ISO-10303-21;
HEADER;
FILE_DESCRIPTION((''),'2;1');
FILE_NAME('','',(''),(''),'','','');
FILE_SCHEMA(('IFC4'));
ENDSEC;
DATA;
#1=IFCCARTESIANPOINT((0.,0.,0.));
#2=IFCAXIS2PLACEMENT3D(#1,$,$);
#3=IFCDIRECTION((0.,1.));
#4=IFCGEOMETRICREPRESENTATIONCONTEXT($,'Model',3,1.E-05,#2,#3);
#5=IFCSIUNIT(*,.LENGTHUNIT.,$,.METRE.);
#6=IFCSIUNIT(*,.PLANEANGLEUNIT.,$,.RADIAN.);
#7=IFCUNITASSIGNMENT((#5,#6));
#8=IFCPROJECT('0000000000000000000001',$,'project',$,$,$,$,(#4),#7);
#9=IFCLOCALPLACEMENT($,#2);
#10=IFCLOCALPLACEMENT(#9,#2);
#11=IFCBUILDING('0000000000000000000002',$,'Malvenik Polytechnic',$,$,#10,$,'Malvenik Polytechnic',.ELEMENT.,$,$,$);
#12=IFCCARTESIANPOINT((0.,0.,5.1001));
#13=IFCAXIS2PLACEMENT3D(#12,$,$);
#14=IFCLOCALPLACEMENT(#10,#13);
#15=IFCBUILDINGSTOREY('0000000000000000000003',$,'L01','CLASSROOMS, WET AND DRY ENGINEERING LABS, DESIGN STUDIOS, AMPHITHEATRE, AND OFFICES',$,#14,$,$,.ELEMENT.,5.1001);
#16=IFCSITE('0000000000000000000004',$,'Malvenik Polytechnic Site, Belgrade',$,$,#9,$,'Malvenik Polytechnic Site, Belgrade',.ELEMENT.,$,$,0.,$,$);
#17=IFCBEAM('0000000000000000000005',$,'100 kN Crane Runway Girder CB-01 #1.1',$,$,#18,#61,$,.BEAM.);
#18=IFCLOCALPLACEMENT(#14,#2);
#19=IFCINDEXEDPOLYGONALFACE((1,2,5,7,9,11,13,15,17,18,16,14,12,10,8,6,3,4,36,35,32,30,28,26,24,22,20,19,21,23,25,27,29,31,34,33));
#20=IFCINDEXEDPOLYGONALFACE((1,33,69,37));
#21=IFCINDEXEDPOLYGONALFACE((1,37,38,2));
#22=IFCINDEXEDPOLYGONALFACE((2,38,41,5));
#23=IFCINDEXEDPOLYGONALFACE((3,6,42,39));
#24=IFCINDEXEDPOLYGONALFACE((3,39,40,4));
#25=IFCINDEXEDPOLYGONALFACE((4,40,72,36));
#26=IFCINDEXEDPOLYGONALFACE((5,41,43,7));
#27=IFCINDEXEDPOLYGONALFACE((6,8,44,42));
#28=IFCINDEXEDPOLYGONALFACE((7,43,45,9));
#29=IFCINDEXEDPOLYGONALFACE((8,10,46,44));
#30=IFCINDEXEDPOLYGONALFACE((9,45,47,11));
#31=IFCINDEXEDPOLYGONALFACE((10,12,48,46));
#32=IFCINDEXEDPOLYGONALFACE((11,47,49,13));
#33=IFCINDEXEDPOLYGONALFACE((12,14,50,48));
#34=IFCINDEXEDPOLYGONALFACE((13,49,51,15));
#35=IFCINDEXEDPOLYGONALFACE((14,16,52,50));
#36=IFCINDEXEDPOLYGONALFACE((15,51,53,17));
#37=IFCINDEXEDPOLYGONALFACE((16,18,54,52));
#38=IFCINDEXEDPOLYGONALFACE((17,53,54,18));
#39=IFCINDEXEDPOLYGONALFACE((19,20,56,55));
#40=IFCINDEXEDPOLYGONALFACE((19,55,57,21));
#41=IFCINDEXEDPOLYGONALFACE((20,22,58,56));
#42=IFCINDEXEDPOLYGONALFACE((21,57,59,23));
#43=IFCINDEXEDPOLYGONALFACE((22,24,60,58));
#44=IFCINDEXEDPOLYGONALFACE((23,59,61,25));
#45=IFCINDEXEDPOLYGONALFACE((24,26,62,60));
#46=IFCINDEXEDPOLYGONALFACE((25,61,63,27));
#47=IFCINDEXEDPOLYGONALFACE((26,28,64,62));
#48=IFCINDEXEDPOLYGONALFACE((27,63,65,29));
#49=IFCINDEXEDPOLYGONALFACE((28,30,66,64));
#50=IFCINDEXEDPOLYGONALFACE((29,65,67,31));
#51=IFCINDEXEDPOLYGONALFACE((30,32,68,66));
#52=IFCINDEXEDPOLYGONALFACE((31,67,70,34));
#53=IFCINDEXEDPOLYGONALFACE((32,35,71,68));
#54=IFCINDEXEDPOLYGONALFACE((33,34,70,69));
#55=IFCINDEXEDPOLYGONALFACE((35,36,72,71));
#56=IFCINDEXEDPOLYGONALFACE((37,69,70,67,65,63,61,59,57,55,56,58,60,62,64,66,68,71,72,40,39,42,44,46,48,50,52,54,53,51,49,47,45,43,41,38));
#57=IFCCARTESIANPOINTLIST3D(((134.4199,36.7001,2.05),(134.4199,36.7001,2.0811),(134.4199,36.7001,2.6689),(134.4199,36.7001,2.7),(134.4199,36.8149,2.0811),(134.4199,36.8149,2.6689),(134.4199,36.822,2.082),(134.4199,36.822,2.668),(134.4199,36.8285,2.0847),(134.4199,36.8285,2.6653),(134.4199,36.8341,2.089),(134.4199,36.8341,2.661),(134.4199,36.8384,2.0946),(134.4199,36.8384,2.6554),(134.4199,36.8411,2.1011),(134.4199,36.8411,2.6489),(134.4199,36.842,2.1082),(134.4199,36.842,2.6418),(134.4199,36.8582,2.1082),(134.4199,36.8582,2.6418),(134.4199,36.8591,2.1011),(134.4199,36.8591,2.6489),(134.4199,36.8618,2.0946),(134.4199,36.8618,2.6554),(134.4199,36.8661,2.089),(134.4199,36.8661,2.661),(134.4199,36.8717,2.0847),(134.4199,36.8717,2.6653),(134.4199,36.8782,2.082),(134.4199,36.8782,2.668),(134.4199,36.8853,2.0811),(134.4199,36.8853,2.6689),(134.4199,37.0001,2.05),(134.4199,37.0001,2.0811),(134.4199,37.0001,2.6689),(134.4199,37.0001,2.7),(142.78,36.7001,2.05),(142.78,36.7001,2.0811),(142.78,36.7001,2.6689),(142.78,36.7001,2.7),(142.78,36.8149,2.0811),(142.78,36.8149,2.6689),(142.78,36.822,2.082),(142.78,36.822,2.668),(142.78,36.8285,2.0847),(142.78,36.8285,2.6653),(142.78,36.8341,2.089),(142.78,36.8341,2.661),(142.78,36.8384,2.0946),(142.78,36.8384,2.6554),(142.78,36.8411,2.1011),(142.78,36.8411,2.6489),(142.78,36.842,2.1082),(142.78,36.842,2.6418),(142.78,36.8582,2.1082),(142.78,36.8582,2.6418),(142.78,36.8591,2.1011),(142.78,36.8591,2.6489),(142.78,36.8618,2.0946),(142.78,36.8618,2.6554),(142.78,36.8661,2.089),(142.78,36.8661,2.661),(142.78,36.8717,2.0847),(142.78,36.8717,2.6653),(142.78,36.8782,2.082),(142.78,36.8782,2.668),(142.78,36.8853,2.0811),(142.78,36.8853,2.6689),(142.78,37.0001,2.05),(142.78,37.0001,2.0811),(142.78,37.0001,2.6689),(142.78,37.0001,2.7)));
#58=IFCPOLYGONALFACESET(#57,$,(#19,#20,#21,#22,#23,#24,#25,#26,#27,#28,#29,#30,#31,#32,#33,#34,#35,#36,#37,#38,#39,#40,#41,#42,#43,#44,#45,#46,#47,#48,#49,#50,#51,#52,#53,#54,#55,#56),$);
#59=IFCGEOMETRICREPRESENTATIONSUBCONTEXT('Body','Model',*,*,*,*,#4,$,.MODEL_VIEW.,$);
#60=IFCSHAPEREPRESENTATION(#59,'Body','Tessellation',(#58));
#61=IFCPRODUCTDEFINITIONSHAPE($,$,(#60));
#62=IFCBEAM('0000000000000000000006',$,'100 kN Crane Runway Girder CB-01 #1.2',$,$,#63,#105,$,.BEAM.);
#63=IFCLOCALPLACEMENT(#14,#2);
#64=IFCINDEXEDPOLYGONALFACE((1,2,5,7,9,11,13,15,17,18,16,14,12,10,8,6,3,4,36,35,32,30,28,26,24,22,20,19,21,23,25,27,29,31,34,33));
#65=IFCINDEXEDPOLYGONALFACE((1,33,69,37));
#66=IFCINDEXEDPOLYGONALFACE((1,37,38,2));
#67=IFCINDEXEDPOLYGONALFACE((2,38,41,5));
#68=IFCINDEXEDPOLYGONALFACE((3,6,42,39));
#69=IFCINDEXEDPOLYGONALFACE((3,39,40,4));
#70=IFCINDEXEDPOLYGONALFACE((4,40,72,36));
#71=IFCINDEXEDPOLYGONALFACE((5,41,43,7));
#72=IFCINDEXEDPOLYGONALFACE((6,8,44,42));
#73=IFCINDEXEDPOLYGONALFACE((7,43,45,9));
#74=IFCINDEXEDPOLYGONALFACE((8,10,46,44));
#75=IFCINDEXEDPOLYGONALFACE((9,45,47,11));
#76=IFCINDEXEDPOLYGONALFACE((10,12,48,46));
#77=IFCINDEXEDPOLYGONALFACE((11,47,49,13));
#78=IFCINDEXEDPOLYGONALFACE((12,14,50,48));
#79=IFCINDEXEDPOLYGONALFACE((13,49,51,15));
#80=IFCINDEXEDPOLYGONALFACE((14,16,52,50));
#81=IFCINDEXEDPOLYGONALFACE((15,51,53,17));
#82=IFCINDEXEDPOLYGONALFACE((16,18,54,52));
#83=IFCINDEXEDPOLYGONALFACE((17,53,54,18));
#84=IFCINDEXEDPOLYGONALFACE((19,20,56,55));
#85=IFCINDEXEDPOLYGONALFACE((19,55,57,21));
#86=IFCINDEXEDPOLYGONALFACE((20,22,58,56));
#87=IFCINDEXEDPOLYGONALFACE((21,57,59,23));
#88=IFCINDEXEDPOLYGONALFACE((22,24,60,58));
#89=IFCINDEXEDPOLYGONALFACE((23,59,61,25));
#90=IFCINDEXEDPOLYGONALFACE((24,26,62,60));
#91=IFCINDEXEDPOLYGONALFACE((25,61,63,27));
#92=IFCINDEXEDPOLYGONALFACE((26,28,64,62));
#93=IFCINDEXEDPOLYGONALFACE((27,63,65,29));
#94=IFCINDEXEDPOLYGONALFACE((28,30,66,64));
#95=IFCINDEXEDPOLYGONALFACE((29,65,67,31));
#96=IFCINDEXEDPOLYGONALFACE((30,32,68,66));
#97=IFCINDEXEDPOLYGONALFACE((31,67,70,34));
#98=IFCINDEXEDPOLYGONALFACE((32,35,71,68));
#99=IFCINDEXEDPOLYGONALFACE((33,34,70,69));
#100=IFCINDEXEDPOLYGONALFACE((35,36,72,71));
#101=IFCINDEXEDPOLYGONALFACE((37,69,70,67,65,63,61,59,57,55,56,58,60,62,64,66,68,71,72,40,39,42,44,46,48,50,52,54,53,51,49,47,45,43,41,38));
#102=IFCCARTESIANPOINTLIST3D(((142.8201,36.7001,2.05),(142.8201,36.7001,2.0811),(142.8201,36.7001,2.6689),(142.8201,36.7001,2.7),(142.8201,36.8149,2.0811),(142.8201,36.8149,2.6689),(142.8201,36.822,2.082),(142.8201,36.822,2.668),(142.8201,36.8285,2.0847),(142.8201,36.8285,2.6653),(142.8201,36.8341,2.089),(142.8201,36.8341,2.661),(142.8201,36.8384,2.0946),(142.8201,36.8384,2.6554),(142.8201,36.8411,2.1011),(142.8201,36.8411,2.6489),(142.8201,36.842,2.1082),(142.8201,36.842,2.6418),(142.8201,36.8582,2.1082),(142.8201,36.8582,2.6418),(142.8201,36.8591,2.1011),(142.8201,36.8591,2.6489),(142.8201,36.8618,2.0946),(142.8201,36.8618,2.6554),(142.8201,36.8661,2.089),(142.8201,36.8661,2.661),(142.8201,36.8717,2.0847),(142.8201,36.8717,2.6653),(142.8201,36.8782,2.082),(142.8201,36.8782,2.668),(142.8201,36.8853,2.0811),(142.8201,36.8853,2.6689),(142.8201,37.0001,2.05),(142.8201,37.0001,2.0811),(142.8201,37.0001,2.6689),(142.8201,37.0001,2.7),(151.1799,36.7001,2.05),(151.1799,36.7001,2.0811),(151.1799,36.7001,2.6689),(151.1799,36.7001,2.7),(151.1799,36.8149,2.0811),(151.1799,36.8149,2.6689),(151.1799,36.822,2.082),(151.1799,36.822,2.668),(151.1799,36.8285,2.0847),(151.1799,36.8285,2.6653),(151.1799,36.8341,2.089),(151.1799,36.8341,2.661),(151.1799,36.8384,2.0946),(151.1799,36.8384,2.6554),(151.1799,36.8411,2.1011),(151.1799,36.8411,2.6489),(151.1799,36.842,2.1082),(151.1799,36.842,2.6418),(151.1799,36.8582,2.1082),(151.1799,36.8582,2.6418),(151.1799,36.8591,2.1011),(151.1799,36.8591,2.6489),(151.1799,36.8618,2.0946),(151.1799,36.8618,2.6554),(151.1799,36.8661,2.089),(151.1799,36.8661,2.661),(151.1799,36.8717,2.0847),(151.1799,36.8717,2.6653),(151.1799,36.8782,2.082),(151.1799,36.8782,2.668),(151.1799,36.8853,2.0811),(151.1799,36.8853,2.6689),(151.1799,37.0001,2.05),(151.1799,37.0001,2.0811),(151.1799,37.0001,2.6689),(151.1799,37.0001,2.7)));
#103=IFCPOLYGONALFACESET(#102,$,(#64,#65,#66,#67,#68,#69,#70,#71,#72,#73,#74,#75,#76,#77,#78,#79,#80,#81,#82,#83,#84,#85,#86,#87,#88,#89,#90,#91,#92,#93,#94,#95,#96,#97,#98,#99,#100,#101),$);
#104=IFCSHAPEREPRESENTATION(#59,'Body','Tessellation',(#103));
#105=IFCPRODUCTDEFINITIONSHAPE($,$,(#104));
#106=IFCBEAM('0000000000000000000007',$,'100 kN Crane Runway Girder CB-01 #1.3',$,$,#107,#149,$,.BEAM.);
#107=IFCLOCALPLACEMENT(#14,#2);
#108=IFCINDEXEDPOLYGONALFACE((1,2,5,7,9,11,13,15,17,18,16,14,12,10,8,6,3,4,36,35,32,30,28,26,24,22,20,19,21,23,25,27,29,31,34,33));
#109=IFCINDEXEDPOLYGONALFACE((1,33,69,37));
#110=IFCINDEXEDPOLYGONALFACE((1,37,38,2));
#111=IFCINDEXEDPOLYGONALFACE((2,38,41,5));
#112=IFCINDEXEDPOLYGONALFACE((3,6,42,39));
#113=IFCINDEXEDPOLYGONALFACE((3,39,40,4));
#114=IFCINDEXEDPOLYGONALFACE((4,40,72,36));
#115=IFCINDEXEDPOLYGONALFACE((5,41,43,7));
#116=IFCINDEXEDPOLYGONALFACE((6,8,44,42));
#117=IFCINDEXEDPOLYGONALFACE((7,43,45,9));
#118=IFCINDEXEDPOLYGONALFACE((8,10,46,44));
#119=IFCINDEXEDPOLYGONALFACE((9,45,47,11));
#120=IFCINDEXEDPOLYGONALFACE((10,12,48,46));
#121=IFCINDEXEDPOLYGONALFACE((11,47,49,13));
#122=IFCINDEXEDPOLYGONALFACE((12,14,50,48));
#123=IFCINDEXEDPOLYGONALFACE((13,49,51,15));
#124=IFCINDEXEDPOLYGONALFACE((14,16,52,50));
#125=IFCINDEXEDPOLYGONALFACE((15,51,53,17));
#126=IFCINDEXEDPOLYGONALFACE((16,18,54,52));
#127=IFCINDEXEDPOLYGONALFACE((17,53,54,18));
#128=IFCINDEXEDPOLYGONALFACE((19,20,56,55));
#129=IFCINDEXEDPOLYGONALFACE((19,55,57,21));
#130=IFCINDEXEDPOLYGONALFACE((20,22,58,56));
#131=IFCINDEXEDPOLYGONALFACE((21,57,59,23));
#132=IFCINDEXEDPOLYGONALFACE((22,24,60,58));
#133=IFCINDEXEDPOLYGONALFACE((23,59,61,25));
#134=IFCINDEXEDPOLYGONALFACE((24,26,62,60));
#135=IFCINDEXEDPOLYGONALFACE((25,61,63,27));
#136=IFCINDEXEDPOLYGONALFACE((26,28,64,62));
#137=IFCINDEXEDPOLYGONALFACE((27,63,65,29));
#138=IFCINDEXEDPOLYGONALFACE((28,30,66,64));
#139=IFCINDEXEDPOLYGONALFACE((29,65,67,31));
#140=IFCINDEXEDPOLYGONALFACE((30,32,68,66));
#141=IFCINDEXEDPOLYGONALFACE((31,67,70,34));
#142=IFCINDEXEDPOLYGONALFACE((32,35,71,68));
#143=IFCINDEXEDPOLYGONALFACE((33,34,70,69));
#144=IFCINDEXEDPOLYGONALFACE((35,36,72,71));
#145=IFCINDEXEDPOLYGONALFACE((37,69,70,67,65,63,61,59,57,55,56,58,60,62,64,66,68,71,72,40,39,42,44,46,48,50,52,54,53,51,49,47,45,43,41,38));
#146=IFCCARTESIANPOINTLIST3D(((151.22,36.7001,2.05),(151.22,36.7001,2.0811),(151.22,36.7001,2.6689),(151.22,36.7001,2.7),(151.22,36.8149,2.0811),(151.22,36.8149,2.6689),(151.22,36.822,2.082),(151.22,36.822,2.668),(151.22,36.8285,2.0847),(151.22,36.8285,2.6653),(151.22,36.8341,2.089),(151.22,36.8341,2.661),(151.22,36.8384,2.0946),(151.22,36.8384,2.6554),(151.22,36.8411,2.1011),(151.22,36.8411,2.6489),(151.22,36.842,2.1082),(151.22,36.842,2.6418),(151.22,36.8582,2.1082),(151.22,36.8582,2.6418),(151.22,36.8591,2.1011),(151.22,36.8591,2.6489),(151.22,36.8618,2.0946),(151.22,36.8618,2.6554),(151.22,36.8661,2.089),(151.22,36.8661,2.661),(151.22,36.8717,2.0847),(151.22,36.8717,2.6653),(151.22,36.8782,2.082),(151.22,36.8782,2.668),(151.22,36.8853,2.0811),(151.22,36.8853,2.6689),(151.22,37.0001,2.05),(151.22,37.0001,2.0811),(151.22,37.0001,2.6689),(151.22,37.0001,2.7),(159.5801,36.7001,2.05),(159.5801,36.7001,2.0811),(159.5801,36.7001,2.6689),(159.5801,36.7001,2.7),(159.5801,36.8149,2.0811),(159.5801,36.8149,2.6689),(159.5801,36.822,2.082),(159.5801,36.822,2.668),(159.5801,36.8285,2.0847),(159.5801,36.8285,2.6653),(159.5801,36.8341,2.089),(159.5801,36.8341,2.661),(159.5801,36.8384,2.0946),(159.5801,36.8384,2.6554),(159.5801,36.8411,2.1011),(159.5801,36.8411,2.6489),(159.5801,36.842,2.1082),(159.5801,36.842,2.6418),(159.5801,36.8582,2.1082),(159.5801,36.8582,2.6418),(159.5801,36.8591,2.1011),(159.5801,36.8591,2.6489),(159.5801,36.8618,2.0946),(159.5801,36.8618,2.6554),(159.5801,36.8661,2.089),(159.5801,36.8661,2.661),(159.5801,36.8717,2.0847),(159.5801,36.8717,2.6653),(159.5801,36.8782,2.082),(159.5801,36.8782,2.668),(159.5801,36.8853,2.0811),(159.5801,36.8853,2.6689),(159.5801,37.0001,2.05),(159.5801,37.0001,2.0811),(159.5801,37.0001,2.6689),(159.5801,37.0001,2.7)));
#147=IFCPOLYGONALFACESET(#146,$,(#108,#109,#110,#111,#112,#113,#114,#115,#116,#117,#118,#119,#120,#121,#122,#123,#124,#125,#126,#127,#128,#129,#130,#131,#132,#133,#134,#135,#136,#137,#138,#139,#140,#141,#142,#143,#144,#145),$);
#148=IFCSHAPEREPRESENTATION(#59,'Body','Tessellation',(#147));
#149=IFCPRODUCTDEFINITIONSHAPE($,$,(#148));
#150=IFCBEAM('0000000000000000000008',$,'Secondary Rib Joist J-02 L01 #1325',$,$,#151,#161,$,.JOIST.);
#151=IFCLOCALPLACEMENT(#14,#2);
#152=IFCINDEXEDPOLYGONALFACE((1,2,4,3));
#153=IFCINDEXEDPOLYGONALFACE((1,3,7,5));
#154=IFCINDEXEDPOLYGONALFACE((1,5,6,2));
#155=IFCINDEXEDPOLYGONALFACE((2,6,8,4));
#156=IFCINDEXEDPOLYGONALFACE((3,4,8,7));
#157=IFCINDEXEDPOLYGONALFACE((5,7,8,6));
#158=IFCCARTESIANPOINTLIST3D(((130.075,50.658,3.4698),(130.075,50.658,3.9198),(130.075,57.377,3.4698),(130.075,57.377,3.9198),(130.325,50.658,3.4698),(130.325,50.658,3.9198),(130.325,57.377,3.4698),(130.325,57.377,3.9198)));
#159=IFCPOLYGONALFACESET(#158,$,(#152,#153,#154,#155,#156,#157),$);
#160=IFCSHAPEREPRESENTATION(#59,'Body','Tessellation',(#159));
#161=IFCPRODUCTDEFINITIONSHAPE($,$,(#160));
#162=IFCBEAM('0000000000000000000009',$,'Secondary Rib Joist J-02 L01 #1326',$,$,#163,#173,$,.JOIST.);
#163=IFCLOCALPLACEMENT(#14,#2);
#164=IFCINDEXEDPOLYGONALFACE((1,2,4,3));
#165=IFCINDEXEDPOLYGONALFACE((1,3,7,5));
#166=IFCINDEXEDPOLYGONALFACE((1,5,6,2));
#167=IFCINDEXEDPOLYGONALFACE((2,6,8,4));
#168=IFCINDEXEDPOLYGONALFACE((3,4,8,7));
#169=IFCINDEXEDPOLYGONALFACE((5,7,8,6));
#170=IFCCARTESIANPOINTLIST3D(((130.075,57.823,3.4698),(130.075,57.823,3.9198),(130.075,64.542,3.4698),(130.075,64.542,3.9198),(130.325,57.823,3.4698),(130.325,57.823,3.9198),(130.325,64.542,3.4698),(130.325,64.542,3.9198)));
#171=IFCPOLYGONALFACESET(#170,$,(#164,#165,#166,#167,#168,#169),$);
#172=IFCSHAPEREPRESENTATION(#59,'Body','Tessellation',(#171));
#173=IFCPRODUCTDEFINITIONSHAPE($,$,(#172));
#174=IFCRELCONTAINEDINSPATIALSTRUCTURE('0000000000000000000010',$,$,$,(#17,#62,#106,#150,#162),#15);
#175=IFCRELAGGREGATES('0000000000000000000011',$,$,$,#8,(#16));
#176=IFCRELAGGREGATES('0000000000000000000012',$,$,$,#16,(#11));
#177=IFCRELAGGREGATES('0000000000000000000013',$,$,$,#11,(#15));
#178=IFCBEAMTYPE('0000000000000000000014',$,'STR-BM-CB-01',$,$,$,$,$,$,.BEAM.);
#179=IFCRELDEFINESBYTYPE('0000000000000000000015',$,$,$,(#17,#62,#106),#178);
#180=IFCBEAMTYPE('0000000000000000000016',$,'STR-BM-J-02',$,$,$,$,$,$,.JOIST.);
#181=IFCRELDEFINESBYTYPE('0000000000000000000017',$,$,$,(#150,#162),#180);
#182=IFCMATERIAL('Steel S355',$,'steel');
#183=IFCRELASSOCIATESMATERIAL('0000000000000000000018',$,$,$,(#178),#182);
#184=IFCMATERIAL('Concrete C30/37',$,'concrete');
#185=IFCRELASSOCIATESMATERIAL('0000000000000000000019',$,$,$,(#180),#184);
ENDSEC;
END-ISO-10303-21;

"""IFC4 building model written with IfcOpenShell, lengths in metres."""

from ifc_helpers import new_model, si_unit, direction, frame, origin, origin_2d, place, context, subcontext, project, spatial, rectangle, i_section, extrude, material, material_profile, profile_set, type_object, element, save


model = new_model("IFC4")

# Units and contexts
model_context = context("Model", 3, precision=1e-05, world=origin(), true_north=direction((0.0, 1.0)))
body_context = subcontext(model_context, "Body", "Model", "MODEL_VIEW")
ifc_project = project(units=[si_unit("LENGTHUNIT", "METRE"), si_unit("PLANEANGLEUNIT", "RADIAN")], contexts=[model_context])

# Site, building, storey
site_placement = place(None, origin())
site = spatial("IfcSite", under=ifc_project, at=site_placement, Name="Malvenik Polytechnic Site, Belgrade", LongName="Malvenik Polytechnic Site, Belgrade", CompositionType="ELEMENT", RefElevation=0.0)
building_placement = place(site_placement, origin())
building = spatial("IfcBuilding", under=site, at=building_placement, Name="Malvenik Polytechnic", LongName="Malvenik Polytechnic", CompositionType="ELEMENT")
storey_placement = place(building_placement, frame((0.0, 0.0, 5.1001)))
storey = spatial("IfcBuildingStorey", under=building, at=storey_placement, Name="L01", Description="CLASSROOMS, WET AND DRY ENGINEERING LABS, DESIGN STUDIOS, AMPHITHEATRE, AND OFFICES", CompositionType="ELEMENT", Elevation=5.1001)

# Shared definitions
ifc_material_1 = material(Name="Steel S355", Category="steel")

# Beams
ifc_material_profile_1 = material_profile(ifc_material_1, i_section(OverallWidth=0.3, OverallDepth=0.6499, WebThickness=0.0161, FlangeThickness=0.031, FilletRadius=0.0271, at=origin_2d()), Name="HEB 650")
ifc_profile_set_1 = profile_set([ifc_material_profile_1], Name="Steel S355")
beam_type_1 = type_object("IfcBeamType", Name="STR-BM-CB-01", PredefinedType="BEAM", material=ifc_profile_set_1)
beam_1_placement = place(storey_placement, frame((134.4199, 36.8501, 2.375), z_axis=(1.0, 0.0, 0.0), x_axis=(0.0, 1.0, 0.0)))
element("IfcBeam", 1, at=beam_1_placement, inside=storey, type_object=beam_type_1, Name="100 kN Crane Runway Girder CB-01 #1.1", PredefinedType="BEAM", context=body_context, shape_type="SweptSolid", body=[
    extrude(i_section(OverallWidth=0.3, OverallDepth=0.6499, WebThickness=0.0161, FlangeThickness=0.031, FilletRadius=0.0271, at=origin_2d()), origin(), (0.0, 0.0, 1.0), 8.3601),
])
beam_2_placement = place(storey_placement, frame((142.8201, 36.8501, 2.375), z_axis=(1.0, 0.0, 0.0), x_axis=(0.0, 1.0, 0.0)))
element("IfcBeam", 2, at=beam_2_placement, inside=storey, type_object=beam_type_1, Name="100 kN Crane Runway Girder CB-01 #1.2", PredefinedType="BEAM", context=body_context, shape_type="SweptSolid", body=[
    extrude(i_section(OverallWidth=0.3, OverallDepth=0.6499, WebThickness=0.0161, FlangeThickness=0.031, FilletRadius=0.0271, at=origin_2d()), origin(), (0.0, 0.0, 1.0), 8.3599),
])
beam_3_placement = place(storey_placement, frame((151.22, 36.8501, 2.375), z_axis=(1.0, 0.0, 0.0), x_axis=(0.0, 1.0, 0.0)))
element("IfcBeam", 3, at=beam_3_placement, inside=storey, type_object=beam_type_1, Name="100 kN Crane Runway Girder CB-01 #1.3", PredefinedType="BEAM", context=body_context, shape_type="SweptSolid", body=[
    extrude(i_section(OverallWidth=0.3, OverallDepth=0.6499, WebThickness=0.0161, FlangeThickness=0.031, FilletRadius=0.0271, at=origin_2d()), origin(), (0.0, 0.0, 1.0), 8.3601),
])
ifc_material_2 = material(Name="Concrete C30/37", Category="concrete")
ifc_material_profile_2 = material_profile(ifc_material_2, rectangle(XDim=0.25, YDim=0.45, at=origin_2d()), Name="RC JST 250x450")
ifc_profile_set_2 = profile_set([ifc_material_profile_2], Name="Concrete C30/37")
beam_type_2 = type_object("IfcBeamType", Name="STR-BM-J-02", PredefinedType="JOIST", material=ifc_profile_set_2)
for number, where, z_axis, x_axis, name in (
    (4, (130.2, 50.658, 3.6948), (0.0, 1.0, 0.0), (-1.0, 0.0, 0.0), "Secondary Rib Joist J-02 L01 #1325"),
    (5, (130.2, 57.823, 3.6948), (0.0, 1.0, 0.0), (-1.0, 0.0, 0.0), "Secondary Rib Joist J-02 L01 #1326"),
):
    element("IfcBeam", number, at=place(storey_placement, frame(where, z_axis=z_axis, x_axis=x_axis)), inside=storey, type_object=beam_type_2, Name=name, PredefinedType="JOIST", context=body_context, shape_type="SweptSolid", body=[
        extrude(rectangle(XDim=0.25, YDim=0.45, at=origin_2d()), origin(), (0.0, 0.0, 1.0), 6.719),
    ])

save(model, "model.ifc")
